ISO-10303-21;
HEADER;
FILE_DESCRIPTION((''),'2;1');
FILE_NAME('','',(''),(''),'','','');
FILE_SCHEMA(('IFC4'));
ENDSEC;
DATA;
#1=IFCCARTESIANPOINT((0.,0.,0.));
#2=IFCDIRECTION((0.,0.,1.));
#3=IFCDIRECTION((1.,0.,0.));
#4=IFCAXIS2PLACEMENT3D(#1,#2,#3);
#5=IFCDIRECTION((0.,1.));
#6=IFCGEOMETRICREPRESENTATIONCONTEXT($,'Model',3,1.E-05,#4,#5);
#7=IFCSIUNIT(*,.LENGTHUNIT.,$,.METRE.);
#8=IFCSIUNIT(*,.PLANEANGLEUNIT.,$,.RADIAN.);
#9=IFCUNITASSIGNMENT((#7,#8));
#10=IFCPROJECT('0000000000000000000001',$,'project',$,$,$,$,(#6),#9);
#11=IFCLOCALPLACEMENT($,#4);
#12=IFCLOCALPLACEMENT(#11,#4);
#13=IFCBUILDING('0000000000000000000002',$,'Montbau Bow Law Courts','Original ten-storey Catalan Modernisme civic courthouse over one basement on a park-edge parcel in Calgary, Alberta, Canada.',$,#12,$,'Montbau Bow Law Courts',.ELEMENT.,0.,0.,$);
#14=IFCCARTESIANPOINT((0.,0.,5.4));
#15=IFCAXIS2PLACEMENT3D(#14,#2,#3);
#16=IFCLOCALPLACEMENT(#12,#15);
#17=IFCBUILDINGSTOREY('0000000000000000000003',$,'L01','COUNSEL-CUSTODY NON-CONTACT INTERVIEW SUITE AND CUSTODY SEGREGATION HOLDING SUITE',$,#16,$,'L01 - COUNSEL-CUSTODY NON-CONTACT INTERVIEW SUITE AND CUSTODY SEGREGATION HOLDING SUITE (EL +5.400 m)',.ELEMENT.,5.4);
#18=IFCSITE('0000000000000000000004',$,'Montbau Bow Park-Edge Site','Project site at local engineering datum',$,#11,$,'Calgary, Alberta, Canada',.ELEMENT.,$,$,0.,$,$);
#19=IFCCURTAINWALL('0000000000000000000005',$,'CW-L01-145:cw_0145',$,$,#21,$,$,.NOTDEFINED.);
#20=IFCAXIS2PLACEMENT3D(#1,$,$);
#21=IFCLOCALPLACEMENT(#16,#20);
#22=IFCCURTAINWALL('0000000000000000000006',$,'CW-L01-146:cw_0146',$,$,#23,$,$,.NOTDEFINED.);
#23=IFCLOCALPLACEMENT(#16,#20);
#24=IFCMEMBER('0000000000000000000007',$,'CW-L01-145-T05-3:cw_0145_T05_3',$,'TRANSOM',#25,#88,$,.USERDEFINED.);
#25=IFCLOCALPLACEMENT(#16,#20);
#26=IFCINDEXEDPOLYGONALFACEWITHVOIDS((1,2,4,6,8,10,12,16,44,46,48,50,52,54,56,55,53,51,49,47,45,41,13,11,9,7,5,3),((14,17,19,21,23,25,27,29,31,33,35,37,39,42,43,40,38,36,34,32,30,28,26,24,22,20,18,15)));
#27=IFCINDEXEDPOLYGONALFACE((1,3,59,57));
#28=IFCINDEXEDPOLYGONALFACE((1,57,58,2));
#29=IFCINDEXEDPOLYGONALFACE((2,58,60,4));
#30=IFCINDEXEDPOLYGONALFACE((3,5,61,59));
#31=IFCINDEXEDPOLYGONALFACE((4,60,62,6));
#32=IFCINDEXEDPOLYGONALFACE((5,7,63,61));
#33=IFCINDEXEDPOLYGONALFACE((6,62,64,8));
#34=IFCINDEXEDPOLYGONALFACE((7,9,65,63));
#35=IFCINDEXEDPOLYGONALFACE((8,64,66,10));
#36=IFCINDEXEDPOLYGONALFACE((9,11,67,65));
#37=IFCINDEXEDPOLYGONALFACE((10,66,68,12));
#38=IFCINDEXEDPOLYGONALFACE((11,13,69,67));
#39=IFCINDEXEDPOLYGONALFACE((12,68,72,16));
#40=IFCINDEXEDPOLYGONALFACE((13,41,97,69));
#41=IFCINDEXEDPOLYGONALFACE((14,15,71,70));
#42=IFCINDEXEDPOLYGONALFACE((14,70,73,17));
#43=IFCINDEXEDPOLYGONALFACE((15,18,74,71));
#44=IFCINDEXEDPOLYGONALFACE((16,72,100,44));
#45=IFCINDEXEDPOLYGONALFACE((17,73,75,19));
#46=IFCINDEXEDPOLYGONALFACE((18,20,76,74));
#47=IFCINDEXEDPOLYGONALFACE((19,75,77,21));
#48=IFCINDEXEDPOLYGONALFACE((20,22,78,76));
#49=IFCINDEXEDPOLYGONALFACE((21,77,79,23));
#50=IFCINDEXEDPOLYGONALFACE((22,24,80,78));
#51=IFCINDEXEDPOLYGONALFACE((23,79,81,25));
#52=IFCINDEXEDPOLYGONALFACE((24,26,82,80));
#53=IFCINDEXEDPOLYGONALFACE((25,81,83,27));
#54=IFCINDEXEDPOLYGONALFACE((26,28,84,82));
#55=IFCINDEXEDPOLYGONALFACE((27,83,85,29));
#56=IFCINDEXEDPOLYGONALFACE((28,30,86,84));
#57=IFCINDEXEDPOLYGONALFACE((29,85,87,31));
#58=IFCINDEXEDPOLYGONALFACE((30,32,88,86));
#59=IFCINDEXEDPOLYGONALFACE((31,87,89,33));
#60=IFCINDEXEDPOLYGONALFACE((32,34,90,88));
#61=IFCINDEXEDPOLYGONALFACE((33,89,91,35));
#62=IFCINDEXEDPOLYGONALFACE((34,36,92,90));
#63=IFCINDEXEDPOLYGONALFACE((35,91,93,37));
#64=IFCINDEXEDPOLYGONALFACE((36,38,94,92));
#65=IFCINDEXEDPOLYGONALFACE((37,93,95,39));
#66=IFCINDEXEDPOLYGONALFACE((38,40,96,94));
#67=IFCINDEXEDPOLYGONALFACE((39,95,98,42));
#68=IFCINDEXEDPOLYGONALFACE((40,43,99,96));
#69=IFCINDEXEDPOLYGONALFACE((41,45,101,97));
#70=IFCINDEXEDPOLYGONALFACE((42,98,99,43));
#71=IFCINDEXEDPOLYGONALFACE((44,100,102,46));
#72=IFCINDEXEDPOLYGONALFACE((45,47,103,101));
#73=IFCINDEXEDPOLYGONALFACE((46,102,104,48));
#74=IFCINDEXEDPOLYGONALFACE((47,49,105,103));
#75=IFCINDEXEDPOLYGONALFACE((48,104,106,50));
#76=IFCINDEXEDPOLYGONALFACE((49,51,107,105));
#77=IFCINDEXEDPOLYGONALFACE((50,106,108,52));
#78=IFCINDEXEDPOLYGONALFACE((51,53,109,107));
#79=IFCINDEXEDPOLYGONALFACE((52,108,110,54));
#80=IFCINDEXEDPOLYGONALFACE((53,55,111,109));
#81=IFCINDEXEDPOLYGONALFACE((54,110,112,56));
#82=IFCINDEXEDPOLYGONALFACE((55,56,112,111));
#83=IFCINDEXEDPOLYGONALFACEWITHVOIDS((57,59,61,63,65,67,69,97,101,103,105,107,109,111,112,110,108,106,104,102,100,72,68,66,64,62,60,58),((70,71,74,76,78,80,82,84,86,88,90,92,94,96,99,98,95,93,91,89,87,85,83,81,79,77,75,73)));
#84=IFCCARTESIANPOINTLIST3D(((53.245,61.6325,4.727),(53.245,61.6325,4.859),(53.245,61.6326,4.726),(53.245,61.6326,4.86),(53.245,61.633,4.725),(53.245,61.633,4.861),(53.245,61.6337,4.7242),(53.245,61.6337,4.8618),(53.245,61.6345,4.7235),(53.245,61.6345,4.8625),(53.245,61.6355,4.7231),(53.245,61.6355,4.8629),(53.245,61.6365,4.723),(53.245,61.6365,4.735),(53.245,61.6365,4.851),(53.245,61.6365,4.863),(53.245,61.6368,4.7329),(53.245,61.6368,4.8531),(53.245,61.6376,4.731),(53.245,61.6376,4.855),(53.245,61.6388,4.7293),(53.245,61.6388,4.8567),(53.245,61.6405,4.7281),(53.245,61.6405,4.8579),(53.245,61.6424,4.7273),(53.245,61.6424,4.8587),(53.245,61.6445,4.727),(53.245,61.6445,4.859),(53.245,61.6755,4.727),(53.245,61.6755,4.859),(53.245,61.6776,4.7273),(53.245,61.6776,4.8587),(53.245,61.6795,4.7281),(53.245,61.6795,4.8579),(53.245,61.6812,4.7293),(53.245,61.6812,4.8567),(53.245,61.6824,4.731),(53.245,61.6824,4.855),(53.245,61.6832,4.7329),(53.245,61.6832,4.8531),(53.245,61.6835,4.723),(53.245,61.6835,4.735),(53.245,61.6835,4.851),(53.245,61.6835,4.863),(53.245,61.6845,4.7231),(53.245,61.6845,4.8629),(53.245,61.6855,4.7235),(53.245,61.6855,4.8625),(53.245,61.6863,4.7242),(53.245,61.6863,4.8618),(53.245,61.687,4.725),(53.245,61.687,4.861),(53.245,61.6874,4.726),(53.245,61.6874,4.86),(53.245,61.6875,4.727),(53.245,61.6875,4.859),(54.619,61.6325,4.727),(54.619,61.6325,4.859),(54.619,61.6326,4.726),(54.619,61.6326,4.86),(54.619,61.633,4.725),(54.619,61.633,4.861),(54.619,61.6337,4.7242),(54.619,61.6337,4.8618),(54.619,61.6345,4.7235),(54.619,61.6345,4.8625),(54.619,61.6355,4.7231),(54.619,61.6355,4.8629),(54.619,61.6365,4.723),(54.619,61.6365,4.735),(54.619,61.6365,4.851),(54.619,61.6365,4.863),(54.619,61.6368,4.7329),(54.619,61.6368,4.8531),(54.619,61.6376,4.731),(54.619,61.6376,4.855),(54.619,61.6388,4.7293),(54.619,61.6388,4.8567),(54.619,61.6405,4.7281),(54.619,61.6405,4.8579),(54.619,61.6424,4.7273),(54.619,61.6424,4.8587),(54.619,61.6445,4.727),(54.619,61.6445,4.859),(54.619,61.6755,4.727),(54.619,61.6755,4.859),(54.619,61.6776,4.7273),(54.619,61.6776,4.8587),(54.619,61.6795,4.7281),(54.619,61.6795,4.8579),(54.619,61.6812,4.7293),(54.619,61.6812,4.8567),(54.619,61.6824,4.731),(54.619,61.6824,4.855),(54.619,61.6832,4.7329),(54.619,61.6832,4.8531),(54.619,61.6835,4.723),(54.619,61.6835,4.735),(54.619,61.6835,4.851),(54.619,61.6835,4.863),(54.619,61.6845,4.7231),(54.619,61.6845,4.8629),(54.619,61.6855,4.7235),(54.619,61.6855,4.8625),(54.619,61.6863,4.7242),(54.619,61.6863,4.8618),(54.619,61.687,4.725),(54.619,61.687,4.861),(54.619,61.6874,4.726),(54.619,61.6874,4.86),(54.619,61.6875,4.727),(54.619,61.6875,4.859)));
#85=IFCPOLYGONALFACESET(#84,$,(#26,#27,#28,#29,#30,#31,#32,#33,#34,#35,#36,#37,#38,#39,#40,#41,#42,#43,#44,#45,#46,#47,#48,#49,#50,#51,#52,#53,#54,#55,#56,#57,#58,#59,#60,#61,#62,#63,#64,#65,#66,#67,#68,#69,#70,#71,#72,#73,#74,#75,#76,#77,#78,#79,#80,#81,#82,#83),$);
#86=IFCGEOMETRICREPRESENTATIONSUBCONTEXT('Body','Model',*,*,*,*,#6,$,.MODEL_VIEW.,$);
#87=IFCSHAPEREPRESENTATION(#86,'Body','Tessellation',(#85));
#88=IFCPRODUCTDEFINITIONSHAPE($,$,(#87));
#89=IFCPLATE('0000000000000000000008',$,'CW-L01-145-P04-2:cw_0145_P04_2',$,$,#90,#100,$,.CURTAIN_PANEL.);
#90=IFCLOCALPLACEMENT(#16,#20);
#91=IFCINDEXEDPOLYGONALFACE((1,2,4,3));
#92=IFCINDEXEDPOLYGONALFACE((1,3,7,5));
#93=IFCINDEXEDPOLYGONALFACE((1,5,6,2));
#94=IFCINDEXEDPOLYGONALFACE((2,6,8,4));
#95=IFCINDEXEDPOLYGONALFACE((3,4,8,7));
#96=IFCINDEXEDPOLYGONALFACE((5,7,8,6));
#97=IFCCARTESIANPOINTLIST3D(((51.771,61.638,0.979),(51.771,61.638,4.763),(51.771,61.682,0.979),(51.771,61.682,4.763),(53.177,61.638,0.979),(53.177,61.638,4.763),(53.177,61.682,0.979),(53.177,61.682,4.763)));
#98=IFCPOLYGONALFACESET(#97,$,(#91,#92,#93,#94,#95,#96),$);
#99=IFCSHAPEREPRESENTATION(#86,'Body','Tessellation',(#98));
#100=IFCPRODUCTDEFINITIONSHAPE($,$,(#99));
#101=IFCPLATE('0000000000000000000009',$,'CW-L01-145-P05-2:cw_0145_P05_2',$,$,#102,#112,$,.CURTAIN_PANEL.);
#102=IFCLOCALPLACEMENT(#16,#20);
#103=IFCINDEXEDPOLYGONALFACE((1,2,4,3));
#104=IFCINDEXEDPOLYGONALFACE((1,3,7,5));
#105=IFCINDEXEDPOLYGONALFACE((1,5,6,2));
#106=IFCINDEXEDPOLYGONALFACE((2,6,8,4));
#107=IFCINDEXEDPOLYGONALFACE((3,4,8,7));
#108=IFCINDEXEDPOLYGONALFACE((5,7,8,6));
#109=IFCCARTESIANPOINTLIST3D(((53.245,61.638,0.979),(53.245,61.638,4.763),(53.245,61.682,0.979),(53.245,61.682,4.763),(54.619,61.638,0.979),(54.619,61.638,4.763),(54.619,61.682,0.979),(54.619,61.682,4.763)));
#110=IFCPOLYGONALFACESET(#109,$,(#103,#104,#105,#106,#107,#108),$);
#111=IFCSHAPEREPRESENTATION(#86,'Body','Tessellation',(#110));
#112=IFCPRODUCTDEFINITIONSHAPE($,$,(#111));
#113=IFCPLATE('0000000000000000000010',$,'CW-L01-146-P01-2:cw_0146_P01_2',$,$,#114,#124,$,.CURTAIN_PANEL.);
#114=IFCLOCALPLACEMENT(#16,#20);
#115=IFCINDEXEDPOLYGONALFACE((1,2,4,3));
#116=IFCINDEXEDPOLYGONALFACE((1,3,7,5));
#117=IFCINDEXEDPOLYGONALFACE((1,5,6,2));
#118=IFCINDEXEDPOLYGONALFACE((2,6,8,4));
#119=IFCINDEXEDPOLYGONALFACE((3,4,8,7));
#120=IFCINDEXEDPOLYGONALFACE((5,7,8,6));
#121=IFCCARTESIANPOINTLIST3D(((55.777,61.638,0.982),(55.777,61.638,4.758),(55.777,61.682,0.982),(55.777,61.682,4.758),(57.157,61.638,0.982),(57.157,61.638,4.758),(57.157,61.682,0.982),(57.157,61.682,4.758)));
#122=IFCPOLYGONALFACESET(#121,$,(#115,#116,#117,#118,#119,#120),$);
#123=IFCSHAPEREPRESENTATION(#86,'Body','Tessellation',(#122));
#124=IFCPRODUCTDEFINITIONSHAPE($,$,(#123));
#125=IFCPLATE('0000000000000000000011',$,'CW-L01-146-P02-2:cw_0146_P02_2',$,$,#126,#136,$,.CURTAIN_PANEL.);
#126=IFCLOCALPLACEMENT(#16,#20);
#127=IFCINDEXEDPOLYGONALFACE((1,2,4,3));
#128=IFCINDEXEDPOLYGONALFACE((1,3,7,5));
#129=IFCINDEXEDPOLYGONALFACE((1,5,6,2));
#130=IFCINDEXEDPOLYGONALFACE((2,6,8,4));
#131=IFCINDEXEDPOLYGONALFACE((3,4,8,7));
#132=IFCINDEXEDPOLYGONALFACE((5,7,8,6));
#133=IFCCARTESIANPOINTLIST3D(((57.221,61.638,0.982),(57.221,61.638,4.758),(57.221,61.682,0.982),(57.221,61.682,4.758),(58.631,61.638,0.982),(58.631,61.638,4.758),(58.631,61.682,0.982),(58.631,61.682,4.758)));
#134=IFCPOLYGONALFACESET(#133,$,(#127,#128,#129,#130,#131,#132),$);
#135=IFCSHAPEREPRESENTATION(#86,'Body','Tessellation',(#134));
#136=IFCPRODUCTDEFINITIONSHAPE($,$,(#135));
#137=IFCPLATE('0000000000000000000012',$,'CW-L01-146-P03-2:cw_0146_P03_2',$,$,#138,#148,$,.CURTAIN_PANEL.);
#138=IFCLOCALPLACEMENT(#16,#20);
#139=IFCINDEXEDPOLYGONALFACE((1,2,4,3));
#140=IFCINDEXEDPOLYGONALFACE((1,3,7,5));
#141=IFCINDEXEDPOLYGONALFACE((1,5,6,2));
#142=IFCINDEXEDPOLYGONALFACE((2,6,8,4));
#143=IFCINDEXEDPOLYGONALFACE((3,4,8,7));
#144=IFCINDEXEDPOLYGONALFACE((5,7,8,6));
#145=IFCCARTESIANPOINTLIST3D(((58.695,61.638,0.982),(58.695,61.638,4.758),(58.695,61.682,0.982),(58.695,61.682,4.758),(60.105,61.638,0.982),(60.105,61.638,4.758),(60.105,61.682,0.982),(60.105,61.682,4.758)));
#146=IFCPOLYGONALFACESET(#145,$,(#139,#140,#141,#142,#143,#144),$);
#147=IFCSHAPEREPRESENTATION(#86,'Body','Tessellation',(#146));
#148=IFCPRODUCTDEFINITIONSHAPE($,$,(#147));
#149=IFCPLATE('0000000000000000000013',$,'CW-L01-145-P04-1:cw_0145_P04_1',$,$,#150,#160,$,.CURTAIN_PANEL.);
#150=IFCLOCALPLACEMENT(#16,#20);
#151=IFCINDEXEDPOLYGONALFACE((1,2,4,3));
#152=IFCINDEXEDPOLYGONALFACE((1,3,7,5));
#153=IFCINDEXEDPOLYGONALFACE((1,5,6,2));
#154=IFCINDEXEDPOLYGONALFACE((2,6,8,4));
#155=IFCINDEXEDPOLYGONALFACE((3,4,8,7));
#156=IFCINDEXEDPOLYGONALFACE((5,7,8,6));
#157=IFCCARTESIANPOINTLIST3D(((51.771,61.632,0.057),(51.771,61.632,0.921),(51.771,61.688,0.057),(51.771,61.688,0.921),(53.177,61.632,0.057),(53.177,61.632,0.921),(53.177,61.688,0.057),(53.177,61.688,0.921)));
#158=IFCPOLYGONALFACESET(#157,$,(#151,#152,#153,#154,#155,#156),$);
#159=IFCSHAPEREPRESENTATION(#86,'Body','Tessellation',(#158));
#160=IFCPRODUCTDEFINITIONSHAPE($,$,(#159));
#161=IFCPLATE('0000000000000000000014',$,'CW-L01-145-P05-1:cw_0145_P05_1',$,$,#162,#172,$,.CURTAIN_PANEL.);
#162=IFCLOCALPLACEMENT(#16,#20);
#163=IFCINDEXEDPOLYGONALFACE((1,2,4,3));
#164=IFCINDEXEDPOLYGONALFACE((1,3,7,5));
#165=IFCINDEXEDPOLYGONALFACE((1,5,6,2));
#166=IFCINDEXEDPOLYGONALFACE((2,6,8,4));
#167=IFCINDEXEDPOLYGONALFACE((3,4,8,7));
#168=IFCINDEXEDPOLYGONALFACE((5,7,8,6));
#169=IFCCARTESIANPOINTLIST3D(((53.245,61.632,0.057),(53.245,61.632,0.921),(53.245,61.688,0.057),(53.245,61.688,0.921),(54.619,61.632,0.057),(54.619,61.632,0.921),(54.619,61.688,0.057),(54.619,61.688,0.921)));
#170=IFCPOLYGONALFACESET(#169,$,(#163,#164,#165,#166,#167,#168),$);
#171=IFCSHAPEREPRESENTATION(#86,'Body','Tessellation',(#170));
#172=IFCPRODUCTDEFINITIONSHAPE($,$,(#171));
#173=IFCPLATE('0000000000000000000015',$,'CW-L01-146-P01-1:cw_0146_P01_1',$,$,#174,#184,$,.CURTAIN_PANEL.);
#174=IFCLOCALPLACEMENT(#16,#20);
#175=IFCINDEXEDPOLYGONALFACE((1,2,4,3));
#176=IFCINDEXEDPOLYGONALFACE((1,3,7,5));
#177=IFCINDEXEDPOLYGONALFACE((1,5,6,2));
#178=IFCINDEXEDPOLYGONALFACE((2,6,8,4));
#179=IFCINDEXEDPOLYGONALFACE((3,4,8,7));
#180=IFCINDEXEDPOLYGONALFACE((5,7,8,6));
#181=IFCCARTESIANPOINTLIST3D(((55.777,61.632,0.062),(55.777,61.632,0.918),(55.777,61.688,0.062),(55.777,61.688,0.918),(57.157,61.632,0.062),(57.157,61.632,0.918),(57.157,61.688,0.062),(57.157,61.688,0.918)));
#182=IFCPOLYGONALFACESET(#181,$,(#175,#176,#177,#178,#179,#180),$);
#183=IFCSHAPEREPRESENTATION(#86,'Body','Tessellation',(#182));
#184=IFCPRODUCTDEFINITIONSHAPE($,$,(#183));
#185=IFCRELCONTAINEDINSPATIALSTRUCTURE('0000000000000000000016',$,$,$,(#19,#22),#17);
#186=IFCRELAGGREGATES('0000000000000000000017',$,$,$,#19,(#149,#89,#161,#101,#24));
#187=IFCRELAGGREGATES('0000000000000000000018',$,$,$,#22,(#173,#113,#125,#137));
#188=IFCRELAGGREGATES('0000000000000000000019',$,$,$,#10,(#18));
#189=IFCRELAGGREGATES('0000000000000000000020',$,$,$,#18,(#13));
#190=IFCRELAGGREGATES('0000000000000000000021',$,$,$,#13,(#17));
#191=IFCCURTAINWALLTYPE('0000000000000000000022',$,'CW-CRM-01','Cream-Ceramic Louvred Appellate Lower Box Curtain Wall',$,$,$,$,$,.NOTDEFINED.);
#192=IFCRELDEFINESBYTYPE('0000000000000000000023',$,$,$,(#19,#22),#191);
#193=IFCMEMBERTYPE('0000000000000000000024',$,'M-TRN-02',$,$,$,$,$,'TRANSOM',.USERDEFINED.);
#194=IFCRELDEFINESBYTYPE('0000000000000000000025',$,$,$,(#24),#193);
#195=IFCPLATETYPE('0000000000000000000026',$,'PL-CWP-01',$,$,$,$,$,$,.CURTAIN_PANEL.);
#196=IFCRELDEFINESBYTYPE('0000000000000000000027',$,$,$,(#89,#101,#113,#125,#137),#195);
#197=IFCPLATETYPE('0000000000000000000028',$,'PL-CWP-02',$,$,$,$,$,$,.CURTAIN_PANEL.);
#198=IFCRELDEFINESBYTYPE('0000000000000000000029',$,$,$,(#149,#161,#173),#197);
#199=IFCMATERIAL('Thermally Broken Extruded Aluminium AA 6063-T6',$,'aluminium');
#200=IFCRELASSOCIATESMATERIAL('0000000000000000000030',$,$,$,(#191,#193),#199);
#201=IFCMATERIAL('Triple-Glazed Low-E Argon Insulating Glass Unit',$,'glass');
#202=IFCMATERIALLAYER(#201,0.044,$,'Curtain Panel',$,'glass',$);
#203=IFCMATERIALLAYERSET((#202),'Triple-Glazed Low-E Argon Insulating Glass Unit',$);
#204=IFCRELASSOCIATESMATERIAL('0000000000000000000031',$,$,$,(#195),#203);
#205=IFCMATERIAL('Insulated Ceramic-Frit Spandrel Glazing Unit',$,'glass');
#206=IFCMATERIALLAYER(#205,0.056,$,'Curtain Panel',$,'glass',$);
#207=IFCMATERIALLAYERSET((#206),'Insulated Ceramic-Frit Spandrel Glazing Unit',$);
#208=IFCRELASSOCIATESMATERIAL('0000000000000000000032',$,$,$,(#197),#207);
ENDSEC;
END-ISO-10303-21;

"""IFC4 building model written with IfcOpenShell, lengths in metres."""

from ifc_helpers import new_model, si_unit, direction, frame, frame_2d, origin_with_axes, origin_2d_with_axis, place, context, subcontext, project, spatial, rectangle, hollow_rectangle, extrude, material, layer, layer_set, material_profile, profile_set, type_object, element, aggregate, save


model = new_model("IFC4")

# Units and contexts
model_context = context("Model", 3, precision=1e-05, world=origin_with_axes(), true_north=direction((0.0, 1.0)))
body_context = subcontext(model_context, "Body", "Model", "MODEL_VIEW")
ifc_project = project(units=[si_unit("LENGTHUNIT", "METRE"), si_unit("PLANEANGLEUNIT", "RADIAN")], contexts=[model_context])

# Site, building, storey
site_placement = place(None, origin_with_axes())
site = spatial("IfcSite", under=ifc_project, at=site_placement, Name="Montbau Bow Park-Edge Site", Description="Project site at local engineering datum", LongName="Calgary, Alberta, Canada", CompositionType="ELEMENT", RefElevation=0.0)
building_placement = place(site_placement, origin_with_axes())
building = spatial("IfcBuilding", under=site, at=building_placement, Name="Montbau Bow Law Courts", Description="Original ten-storey Catalan Modernisme civic courthouse over one basement on a park-edge parcel in Calgary, Alberta, Canada.", LongName="Montbau Bow Law Courts", CompositionType="ELEMENT", ElevationOfRefHeight=0.0, ElevationOfTerrain=0.0)
storey_placement = place(building_placement, frame((0.0, 0.0, 5.4), z_axis=(0.0, 0.0, 1.0), x_axis=(1.0, 0.0, 0.0)))
storey = spatial("IfcBuildingStorey", under=building, at=storey_placement, Name="L01", Description="COUNSEL-CUSTODY NON-CONTACT INTERVIEW SUITE AND CUSTODY SEGREGATION HOLDING SUITE", LongName="L01 - COUNSEL-CUSTODY NON-CONTACT INTERVIEW SUITE AND CUSTODY SEGREGATION HOLDING SUITE (EL +5.400 m)", CompositionType="ELEMENT", Elevation=5.4)

# Curtain walls
ifc_material_1 = material(Name="Thermally Broken Extruded Aluminium AA 6063-T6", Category="aluminium")
curtain_wall_type = type_object("IfcCurtainWallType", Name="CW-CRM-01", Description="Cream-Ceramic Louvred Appellate Lower Box Curtain Wall", PredefinedType="NOTDEFINED", material=ifc_material_1)
curtain_wall_1_placement = place(None, frame((47.315, 61.66, 5.4), z_axis=(0.0, 0.0, 1.0), x_axis=(1.0, 0.0, 0.0)))
curtain_wall_1 = element("IfcCurtainWall", 1, at=curtain_wall_1_placement, inside=storey, type_object=curtain_wall_type, Name="CW-L01-145:cw_0145", PredefinedType="NOTDEFINED")
curtain_wall_2_placement = place(None, frame((55.715, 61.66, 5.4), z_axis=(0.0, 0.0, 1.0), x_axis=(1.0, 0.0, 0.0)))
curtain_wall_2 = element("IfcCurtainWall", 2, at=curtain_wall_2_placement, inside=storey, type_object=curtain_wall_type, Name="CW-L01-146:cw_0146", PredefinedType="NOTDEFINED")

# Member
ifc_material_profile_1 = material_profile(ifc_material_1, hollow_rectangle(XDim=0.055, YDim=0.14, WallThickness=0.004, InnerFilletRadius=0.008, OuterFilletRadius=0.004, at=origin_2d_with_axis()), Name="CWT-140X55", Category="Main", Priority=0)
ifc_profile_set_1 = profile_set([ifc_material_profile_1], Name="Thermally Broken Extruded Aluminium AA 6063-T6")
member_type_1 = type_object("IfcMemberType", Name="M-TRN-02", ElementType="TRANSOM", PredefinedType="USERDEFINED", material=ifc_profile_set_1)
member_1_placement = place(None, frame((53.245, 61.66, 10.193), z_axis=(1.0, 0.0, 0.0), x_axis=(0.0, 1.0, 0.0)))
member_1 = element("IfcMember", 3, at=member_1_placement, type_object=member_type_1, Name="CW-L01-145-T05-3:cw_0145_T05_3", ObjectType="TRANSOM", PredefinedType="USERDEFINED", context=body_context, shape_type="SweptSolid", body=[
    extrude(hollow_rectangle(XDim=0.055, YDim=0.14, WallThickness=0.004, InnerFilletRadius=0.008, OuterFilletRadius=0.004, at=origin_2d_with_axis()), origin_with_axes(), (0.0, 0.0, 1.0), 1.374),
])

# Plates
ifc_material_2 = material(Name="Triple-Glazed Low-E Argon Insulating Glass Unit", Category="glass")
ifc_layer_1 = layer(ifc_material_2, 0.044, Name="Curtain Panel", Category="glass")
ifc_layer_set_1 = layer_set([ifc_layer_1], Name="Triple-Glazed Low-E Argon Insulating Glass Unit")
plate_type_1 = type_object("IfcPlateType", Name="PL-CWP-01", PredefinedType="CURTAIN_PANEL", material=ifc_layer_set_1)
plate_1_placement = place(None, frame((51.771, 61.66, 6.379), z_axis=(0.0, -1.0, 0.0), x_axis=(1.0, 0.0, 0.0)))
plate_1 = element("IfcPlate", 4, at=plate_1_placement, type_object=plate_type_1, Name="CW-L01-145-P04-2:cw_0145_P04_2", PredefinedType="CURTAIN_PANEL", context=body_context, shape_type="SweptSolid", body=[
    extrude(rectangle(XDim=1.406, YDim=3.784, at=frame_2d((0.703, 1.892), x_axis=(1.0, 0.0))), frame((0.0, 0.0, -0.022), z_axis=(0.0, 0.0, 1.0), x_axis=(1.0, 0.0, 0.0)), (0.0, 0.0, 1.0), 0.044),
])
plate_2_placement = place(None, frame((53.245, 61.66, 6.379), z_axis=(0.0, -1.0, 0.0), x_axis=(1.0, 0.0, 0.0)))
plate_2 = element("IfcPlate", 5, at=plate_2_placement, type_object=plate_type_1, Name="CW-L01-145-P05-2:cw_0145_P05_2", PredefinedType="CURTAIN_PANEL", context=body_context, shape_type="SweptSolid", body=[
    extrude(rectangle(XDim=1.374, YDim=3.784, at=frame_2d((0.687, 1.892), x_axis=(1.0, 0.0))), frame((0.0, 0.0, -0.022), z_axis=(0.0, 0.0, 1.0), x_axis=(1.0, 0.0, 0.0)), (0.0, 0.0, 1.0), 0.044),
])
plate_3_placement = place(None, frame((55.777, 61.66, 6.382), z_axis=(0.0, -1.0, 0.0), x_axis=(1.0, 0.0, 0.0)))
plate_3 = element("IfcPlate", 6, at=plate_3_placement, type_object=plate_type_1, Name="CW-L01-146-P01-2:cw_0146_P01_2", PredefinedType="CURTAIN_PANEL", context=body_context, shape_type="SweptSolid", body=[
    extrude(rectangle(XDim=1.38, YDim=3.776, at=frame_2d((0.69, 1.888), x_axis=(1.0, 0.0))), frame((0.0, 0.0, -0.022), z_axis=(0.0, 0.0, 1.0), x_axis=(1.0, 0.0, 0.0)), (0.0, 0.0, 1.0), 0.044),
])
plate_4_placement = place(None, frame((57.221, 61.66, 6.382), z_axis=(0.0, -1.0, 0.0), x_axis=(1.0, 0.0, 0.0)))
plate_4 = element("IfcPlate", 7, at=plate_4_placement, type_object=plate_type_1, Name="CW-L01-146-P02-2:cw_0146_P02_2", PredefinedType="CURTAIN_PANEL", context=body_context, shape_type="SweptSolid", body=[
    extrude(rectangle(XDim=1.41, YDim=3.776, at=frame_2d((0.705, 1.888), x_axis=(1.0, 0.0))), frame((0.0, 0.0, -0.022), z_axis=(0.0, 0.0, 1.0), x_axis=(1.0, 0.0, 0.0)), (0.0, 0.0, 1.0), 0.044),
])
plate_5_placement = place(None, frame((58.695, 61.66, 6.382), z_axis=(0.0, -1.0, 0.0), x_axis=(1.0, 0.0, 0.0)))
plate_5 = element("IfcPlate", 8, at=plate_5_placement, type_object=plate_type_1, Name="CW-L01-146-P03-2:cw_0146_P03_2", PredefinedType="CURTAIN_PANEL", context=body_context, shape_type="SweptSolid", body=[
    extrude(rectangle(XDim=1.41, YDim=3.776, at=frame_2d((0.705, 1.888), x_axis=(1.0, 0.0))), frame((0.0, 0.0, -0.022), z_axis=(0.0, 0.0, 1.0), x_axis=(1.0, 0.0, 0.0)), (0.0, 0.0, 1.0), 0.044),
])
ifc_material_3 = material(Name="Insulated Ceramic-Frit Spandrel Glazing Unit", Category="glass")
ifc_layer_2 = layer(ifc_material_3, 0.056, Name="Curtain Panel", Category="glass")
ifc_layer_set_2 = layer_set([ifc_layer_2], Name="Insulated Ceramic-Frit Spandrel Glazing Unit")
plate_type_2 = type_object("IfcPlateType", Name="PL-CWP-02", PredefinedType="CURTAIN_PANEL", material=ifc_layer_set_2)
plate_6_placement = place(None, frame((51.771, 61.66, 5.457), z_axis=(0.0, -1.0, 0.0), x_axis=(1.0, 0.0, 0.0)))
plate_6 = element("IfcPlate", 9, at=plate_6_placement, type_object=plate_type_2, Name="CW-L01-145-P04-1:cw_0145_P04_1", PredefinedType="CURTAIN_PANEL", context=body_context, shape_type="SweptSolid", body=[
    extrude(rectangle(XDim=1.406, YDim=0.864, at=frame_2d((0.703, 0.432), x_axis=(1.0, 0.0))), frame((0.0, 0.0, -0.028), z_axis=(0.0, 0.0, 1.0), x_axis=(1.0, 0.0, 0.0)), (0.0, 0.0, 1.0), 0.056),
])
plate_7_placement = place(None, frame((53.245, 61.66, 5.457), z_axis=(0.0, -1.0, 0.0), x_axis=(1.0, 0.0, 0.0)))
plate_7 = element("IfcPlate", 10, at=plate_7_placement, type_object=plate_type_2, Name="CW-L01-145-P05-1:cw_0145_P05_1", PredefinedType="CURTAIN_PANEL", context=body_context, shape_type="SweptSolid", body=[
    extrude(rectangle(XDim=1.374, YDim=0.864, at=frame_2d((0.687, 0.432), x_axis=(1.0, 0.0))), frame((0.0, 0.0, -0.028), z_axis=(0.0, 0.0, 1.0), x_axis=(1.0, 0.0, 0.0)), (0.0, 0.0, 1.0), 0.056),
])
aggregate(curtain_wall_1, [plate_6, plate_1, plate_7, plate_2, member_1])
plate_8_placement = place(None, frame((55.777, 61.66, 5.462), z_axis=(0.0, -1.0, 0.0), x_axis=(1.0, 0.0, 0.0)))
plate_8 = element("IfcPlate", 11, at=plate_8_placement, type_object=plate_type_2, Name="CW-L01-146-P01-1:cw_0146_P01_1", PredefinedType="CURTAIN_PANEL", context=body_context, shape_type="SweptSolid", body=[
    extrude(rectangle(XDim=1.38, YDim=0.856, at=frame_2d((0.69, 0.428), x_axis=(1.0, 0.0))), frame((0.0, 0.0, -0.028), z_axis=(0.0, 0.0, 1.0), x_axis=(1.0, 0.0, 0.0)), (0.0, 0.0, 1.0), 0.056),
])
aggregate(curtain_wall_2, [plate_8, plate_3, plate_4, plate_5])

save(model, "model.ifc")
